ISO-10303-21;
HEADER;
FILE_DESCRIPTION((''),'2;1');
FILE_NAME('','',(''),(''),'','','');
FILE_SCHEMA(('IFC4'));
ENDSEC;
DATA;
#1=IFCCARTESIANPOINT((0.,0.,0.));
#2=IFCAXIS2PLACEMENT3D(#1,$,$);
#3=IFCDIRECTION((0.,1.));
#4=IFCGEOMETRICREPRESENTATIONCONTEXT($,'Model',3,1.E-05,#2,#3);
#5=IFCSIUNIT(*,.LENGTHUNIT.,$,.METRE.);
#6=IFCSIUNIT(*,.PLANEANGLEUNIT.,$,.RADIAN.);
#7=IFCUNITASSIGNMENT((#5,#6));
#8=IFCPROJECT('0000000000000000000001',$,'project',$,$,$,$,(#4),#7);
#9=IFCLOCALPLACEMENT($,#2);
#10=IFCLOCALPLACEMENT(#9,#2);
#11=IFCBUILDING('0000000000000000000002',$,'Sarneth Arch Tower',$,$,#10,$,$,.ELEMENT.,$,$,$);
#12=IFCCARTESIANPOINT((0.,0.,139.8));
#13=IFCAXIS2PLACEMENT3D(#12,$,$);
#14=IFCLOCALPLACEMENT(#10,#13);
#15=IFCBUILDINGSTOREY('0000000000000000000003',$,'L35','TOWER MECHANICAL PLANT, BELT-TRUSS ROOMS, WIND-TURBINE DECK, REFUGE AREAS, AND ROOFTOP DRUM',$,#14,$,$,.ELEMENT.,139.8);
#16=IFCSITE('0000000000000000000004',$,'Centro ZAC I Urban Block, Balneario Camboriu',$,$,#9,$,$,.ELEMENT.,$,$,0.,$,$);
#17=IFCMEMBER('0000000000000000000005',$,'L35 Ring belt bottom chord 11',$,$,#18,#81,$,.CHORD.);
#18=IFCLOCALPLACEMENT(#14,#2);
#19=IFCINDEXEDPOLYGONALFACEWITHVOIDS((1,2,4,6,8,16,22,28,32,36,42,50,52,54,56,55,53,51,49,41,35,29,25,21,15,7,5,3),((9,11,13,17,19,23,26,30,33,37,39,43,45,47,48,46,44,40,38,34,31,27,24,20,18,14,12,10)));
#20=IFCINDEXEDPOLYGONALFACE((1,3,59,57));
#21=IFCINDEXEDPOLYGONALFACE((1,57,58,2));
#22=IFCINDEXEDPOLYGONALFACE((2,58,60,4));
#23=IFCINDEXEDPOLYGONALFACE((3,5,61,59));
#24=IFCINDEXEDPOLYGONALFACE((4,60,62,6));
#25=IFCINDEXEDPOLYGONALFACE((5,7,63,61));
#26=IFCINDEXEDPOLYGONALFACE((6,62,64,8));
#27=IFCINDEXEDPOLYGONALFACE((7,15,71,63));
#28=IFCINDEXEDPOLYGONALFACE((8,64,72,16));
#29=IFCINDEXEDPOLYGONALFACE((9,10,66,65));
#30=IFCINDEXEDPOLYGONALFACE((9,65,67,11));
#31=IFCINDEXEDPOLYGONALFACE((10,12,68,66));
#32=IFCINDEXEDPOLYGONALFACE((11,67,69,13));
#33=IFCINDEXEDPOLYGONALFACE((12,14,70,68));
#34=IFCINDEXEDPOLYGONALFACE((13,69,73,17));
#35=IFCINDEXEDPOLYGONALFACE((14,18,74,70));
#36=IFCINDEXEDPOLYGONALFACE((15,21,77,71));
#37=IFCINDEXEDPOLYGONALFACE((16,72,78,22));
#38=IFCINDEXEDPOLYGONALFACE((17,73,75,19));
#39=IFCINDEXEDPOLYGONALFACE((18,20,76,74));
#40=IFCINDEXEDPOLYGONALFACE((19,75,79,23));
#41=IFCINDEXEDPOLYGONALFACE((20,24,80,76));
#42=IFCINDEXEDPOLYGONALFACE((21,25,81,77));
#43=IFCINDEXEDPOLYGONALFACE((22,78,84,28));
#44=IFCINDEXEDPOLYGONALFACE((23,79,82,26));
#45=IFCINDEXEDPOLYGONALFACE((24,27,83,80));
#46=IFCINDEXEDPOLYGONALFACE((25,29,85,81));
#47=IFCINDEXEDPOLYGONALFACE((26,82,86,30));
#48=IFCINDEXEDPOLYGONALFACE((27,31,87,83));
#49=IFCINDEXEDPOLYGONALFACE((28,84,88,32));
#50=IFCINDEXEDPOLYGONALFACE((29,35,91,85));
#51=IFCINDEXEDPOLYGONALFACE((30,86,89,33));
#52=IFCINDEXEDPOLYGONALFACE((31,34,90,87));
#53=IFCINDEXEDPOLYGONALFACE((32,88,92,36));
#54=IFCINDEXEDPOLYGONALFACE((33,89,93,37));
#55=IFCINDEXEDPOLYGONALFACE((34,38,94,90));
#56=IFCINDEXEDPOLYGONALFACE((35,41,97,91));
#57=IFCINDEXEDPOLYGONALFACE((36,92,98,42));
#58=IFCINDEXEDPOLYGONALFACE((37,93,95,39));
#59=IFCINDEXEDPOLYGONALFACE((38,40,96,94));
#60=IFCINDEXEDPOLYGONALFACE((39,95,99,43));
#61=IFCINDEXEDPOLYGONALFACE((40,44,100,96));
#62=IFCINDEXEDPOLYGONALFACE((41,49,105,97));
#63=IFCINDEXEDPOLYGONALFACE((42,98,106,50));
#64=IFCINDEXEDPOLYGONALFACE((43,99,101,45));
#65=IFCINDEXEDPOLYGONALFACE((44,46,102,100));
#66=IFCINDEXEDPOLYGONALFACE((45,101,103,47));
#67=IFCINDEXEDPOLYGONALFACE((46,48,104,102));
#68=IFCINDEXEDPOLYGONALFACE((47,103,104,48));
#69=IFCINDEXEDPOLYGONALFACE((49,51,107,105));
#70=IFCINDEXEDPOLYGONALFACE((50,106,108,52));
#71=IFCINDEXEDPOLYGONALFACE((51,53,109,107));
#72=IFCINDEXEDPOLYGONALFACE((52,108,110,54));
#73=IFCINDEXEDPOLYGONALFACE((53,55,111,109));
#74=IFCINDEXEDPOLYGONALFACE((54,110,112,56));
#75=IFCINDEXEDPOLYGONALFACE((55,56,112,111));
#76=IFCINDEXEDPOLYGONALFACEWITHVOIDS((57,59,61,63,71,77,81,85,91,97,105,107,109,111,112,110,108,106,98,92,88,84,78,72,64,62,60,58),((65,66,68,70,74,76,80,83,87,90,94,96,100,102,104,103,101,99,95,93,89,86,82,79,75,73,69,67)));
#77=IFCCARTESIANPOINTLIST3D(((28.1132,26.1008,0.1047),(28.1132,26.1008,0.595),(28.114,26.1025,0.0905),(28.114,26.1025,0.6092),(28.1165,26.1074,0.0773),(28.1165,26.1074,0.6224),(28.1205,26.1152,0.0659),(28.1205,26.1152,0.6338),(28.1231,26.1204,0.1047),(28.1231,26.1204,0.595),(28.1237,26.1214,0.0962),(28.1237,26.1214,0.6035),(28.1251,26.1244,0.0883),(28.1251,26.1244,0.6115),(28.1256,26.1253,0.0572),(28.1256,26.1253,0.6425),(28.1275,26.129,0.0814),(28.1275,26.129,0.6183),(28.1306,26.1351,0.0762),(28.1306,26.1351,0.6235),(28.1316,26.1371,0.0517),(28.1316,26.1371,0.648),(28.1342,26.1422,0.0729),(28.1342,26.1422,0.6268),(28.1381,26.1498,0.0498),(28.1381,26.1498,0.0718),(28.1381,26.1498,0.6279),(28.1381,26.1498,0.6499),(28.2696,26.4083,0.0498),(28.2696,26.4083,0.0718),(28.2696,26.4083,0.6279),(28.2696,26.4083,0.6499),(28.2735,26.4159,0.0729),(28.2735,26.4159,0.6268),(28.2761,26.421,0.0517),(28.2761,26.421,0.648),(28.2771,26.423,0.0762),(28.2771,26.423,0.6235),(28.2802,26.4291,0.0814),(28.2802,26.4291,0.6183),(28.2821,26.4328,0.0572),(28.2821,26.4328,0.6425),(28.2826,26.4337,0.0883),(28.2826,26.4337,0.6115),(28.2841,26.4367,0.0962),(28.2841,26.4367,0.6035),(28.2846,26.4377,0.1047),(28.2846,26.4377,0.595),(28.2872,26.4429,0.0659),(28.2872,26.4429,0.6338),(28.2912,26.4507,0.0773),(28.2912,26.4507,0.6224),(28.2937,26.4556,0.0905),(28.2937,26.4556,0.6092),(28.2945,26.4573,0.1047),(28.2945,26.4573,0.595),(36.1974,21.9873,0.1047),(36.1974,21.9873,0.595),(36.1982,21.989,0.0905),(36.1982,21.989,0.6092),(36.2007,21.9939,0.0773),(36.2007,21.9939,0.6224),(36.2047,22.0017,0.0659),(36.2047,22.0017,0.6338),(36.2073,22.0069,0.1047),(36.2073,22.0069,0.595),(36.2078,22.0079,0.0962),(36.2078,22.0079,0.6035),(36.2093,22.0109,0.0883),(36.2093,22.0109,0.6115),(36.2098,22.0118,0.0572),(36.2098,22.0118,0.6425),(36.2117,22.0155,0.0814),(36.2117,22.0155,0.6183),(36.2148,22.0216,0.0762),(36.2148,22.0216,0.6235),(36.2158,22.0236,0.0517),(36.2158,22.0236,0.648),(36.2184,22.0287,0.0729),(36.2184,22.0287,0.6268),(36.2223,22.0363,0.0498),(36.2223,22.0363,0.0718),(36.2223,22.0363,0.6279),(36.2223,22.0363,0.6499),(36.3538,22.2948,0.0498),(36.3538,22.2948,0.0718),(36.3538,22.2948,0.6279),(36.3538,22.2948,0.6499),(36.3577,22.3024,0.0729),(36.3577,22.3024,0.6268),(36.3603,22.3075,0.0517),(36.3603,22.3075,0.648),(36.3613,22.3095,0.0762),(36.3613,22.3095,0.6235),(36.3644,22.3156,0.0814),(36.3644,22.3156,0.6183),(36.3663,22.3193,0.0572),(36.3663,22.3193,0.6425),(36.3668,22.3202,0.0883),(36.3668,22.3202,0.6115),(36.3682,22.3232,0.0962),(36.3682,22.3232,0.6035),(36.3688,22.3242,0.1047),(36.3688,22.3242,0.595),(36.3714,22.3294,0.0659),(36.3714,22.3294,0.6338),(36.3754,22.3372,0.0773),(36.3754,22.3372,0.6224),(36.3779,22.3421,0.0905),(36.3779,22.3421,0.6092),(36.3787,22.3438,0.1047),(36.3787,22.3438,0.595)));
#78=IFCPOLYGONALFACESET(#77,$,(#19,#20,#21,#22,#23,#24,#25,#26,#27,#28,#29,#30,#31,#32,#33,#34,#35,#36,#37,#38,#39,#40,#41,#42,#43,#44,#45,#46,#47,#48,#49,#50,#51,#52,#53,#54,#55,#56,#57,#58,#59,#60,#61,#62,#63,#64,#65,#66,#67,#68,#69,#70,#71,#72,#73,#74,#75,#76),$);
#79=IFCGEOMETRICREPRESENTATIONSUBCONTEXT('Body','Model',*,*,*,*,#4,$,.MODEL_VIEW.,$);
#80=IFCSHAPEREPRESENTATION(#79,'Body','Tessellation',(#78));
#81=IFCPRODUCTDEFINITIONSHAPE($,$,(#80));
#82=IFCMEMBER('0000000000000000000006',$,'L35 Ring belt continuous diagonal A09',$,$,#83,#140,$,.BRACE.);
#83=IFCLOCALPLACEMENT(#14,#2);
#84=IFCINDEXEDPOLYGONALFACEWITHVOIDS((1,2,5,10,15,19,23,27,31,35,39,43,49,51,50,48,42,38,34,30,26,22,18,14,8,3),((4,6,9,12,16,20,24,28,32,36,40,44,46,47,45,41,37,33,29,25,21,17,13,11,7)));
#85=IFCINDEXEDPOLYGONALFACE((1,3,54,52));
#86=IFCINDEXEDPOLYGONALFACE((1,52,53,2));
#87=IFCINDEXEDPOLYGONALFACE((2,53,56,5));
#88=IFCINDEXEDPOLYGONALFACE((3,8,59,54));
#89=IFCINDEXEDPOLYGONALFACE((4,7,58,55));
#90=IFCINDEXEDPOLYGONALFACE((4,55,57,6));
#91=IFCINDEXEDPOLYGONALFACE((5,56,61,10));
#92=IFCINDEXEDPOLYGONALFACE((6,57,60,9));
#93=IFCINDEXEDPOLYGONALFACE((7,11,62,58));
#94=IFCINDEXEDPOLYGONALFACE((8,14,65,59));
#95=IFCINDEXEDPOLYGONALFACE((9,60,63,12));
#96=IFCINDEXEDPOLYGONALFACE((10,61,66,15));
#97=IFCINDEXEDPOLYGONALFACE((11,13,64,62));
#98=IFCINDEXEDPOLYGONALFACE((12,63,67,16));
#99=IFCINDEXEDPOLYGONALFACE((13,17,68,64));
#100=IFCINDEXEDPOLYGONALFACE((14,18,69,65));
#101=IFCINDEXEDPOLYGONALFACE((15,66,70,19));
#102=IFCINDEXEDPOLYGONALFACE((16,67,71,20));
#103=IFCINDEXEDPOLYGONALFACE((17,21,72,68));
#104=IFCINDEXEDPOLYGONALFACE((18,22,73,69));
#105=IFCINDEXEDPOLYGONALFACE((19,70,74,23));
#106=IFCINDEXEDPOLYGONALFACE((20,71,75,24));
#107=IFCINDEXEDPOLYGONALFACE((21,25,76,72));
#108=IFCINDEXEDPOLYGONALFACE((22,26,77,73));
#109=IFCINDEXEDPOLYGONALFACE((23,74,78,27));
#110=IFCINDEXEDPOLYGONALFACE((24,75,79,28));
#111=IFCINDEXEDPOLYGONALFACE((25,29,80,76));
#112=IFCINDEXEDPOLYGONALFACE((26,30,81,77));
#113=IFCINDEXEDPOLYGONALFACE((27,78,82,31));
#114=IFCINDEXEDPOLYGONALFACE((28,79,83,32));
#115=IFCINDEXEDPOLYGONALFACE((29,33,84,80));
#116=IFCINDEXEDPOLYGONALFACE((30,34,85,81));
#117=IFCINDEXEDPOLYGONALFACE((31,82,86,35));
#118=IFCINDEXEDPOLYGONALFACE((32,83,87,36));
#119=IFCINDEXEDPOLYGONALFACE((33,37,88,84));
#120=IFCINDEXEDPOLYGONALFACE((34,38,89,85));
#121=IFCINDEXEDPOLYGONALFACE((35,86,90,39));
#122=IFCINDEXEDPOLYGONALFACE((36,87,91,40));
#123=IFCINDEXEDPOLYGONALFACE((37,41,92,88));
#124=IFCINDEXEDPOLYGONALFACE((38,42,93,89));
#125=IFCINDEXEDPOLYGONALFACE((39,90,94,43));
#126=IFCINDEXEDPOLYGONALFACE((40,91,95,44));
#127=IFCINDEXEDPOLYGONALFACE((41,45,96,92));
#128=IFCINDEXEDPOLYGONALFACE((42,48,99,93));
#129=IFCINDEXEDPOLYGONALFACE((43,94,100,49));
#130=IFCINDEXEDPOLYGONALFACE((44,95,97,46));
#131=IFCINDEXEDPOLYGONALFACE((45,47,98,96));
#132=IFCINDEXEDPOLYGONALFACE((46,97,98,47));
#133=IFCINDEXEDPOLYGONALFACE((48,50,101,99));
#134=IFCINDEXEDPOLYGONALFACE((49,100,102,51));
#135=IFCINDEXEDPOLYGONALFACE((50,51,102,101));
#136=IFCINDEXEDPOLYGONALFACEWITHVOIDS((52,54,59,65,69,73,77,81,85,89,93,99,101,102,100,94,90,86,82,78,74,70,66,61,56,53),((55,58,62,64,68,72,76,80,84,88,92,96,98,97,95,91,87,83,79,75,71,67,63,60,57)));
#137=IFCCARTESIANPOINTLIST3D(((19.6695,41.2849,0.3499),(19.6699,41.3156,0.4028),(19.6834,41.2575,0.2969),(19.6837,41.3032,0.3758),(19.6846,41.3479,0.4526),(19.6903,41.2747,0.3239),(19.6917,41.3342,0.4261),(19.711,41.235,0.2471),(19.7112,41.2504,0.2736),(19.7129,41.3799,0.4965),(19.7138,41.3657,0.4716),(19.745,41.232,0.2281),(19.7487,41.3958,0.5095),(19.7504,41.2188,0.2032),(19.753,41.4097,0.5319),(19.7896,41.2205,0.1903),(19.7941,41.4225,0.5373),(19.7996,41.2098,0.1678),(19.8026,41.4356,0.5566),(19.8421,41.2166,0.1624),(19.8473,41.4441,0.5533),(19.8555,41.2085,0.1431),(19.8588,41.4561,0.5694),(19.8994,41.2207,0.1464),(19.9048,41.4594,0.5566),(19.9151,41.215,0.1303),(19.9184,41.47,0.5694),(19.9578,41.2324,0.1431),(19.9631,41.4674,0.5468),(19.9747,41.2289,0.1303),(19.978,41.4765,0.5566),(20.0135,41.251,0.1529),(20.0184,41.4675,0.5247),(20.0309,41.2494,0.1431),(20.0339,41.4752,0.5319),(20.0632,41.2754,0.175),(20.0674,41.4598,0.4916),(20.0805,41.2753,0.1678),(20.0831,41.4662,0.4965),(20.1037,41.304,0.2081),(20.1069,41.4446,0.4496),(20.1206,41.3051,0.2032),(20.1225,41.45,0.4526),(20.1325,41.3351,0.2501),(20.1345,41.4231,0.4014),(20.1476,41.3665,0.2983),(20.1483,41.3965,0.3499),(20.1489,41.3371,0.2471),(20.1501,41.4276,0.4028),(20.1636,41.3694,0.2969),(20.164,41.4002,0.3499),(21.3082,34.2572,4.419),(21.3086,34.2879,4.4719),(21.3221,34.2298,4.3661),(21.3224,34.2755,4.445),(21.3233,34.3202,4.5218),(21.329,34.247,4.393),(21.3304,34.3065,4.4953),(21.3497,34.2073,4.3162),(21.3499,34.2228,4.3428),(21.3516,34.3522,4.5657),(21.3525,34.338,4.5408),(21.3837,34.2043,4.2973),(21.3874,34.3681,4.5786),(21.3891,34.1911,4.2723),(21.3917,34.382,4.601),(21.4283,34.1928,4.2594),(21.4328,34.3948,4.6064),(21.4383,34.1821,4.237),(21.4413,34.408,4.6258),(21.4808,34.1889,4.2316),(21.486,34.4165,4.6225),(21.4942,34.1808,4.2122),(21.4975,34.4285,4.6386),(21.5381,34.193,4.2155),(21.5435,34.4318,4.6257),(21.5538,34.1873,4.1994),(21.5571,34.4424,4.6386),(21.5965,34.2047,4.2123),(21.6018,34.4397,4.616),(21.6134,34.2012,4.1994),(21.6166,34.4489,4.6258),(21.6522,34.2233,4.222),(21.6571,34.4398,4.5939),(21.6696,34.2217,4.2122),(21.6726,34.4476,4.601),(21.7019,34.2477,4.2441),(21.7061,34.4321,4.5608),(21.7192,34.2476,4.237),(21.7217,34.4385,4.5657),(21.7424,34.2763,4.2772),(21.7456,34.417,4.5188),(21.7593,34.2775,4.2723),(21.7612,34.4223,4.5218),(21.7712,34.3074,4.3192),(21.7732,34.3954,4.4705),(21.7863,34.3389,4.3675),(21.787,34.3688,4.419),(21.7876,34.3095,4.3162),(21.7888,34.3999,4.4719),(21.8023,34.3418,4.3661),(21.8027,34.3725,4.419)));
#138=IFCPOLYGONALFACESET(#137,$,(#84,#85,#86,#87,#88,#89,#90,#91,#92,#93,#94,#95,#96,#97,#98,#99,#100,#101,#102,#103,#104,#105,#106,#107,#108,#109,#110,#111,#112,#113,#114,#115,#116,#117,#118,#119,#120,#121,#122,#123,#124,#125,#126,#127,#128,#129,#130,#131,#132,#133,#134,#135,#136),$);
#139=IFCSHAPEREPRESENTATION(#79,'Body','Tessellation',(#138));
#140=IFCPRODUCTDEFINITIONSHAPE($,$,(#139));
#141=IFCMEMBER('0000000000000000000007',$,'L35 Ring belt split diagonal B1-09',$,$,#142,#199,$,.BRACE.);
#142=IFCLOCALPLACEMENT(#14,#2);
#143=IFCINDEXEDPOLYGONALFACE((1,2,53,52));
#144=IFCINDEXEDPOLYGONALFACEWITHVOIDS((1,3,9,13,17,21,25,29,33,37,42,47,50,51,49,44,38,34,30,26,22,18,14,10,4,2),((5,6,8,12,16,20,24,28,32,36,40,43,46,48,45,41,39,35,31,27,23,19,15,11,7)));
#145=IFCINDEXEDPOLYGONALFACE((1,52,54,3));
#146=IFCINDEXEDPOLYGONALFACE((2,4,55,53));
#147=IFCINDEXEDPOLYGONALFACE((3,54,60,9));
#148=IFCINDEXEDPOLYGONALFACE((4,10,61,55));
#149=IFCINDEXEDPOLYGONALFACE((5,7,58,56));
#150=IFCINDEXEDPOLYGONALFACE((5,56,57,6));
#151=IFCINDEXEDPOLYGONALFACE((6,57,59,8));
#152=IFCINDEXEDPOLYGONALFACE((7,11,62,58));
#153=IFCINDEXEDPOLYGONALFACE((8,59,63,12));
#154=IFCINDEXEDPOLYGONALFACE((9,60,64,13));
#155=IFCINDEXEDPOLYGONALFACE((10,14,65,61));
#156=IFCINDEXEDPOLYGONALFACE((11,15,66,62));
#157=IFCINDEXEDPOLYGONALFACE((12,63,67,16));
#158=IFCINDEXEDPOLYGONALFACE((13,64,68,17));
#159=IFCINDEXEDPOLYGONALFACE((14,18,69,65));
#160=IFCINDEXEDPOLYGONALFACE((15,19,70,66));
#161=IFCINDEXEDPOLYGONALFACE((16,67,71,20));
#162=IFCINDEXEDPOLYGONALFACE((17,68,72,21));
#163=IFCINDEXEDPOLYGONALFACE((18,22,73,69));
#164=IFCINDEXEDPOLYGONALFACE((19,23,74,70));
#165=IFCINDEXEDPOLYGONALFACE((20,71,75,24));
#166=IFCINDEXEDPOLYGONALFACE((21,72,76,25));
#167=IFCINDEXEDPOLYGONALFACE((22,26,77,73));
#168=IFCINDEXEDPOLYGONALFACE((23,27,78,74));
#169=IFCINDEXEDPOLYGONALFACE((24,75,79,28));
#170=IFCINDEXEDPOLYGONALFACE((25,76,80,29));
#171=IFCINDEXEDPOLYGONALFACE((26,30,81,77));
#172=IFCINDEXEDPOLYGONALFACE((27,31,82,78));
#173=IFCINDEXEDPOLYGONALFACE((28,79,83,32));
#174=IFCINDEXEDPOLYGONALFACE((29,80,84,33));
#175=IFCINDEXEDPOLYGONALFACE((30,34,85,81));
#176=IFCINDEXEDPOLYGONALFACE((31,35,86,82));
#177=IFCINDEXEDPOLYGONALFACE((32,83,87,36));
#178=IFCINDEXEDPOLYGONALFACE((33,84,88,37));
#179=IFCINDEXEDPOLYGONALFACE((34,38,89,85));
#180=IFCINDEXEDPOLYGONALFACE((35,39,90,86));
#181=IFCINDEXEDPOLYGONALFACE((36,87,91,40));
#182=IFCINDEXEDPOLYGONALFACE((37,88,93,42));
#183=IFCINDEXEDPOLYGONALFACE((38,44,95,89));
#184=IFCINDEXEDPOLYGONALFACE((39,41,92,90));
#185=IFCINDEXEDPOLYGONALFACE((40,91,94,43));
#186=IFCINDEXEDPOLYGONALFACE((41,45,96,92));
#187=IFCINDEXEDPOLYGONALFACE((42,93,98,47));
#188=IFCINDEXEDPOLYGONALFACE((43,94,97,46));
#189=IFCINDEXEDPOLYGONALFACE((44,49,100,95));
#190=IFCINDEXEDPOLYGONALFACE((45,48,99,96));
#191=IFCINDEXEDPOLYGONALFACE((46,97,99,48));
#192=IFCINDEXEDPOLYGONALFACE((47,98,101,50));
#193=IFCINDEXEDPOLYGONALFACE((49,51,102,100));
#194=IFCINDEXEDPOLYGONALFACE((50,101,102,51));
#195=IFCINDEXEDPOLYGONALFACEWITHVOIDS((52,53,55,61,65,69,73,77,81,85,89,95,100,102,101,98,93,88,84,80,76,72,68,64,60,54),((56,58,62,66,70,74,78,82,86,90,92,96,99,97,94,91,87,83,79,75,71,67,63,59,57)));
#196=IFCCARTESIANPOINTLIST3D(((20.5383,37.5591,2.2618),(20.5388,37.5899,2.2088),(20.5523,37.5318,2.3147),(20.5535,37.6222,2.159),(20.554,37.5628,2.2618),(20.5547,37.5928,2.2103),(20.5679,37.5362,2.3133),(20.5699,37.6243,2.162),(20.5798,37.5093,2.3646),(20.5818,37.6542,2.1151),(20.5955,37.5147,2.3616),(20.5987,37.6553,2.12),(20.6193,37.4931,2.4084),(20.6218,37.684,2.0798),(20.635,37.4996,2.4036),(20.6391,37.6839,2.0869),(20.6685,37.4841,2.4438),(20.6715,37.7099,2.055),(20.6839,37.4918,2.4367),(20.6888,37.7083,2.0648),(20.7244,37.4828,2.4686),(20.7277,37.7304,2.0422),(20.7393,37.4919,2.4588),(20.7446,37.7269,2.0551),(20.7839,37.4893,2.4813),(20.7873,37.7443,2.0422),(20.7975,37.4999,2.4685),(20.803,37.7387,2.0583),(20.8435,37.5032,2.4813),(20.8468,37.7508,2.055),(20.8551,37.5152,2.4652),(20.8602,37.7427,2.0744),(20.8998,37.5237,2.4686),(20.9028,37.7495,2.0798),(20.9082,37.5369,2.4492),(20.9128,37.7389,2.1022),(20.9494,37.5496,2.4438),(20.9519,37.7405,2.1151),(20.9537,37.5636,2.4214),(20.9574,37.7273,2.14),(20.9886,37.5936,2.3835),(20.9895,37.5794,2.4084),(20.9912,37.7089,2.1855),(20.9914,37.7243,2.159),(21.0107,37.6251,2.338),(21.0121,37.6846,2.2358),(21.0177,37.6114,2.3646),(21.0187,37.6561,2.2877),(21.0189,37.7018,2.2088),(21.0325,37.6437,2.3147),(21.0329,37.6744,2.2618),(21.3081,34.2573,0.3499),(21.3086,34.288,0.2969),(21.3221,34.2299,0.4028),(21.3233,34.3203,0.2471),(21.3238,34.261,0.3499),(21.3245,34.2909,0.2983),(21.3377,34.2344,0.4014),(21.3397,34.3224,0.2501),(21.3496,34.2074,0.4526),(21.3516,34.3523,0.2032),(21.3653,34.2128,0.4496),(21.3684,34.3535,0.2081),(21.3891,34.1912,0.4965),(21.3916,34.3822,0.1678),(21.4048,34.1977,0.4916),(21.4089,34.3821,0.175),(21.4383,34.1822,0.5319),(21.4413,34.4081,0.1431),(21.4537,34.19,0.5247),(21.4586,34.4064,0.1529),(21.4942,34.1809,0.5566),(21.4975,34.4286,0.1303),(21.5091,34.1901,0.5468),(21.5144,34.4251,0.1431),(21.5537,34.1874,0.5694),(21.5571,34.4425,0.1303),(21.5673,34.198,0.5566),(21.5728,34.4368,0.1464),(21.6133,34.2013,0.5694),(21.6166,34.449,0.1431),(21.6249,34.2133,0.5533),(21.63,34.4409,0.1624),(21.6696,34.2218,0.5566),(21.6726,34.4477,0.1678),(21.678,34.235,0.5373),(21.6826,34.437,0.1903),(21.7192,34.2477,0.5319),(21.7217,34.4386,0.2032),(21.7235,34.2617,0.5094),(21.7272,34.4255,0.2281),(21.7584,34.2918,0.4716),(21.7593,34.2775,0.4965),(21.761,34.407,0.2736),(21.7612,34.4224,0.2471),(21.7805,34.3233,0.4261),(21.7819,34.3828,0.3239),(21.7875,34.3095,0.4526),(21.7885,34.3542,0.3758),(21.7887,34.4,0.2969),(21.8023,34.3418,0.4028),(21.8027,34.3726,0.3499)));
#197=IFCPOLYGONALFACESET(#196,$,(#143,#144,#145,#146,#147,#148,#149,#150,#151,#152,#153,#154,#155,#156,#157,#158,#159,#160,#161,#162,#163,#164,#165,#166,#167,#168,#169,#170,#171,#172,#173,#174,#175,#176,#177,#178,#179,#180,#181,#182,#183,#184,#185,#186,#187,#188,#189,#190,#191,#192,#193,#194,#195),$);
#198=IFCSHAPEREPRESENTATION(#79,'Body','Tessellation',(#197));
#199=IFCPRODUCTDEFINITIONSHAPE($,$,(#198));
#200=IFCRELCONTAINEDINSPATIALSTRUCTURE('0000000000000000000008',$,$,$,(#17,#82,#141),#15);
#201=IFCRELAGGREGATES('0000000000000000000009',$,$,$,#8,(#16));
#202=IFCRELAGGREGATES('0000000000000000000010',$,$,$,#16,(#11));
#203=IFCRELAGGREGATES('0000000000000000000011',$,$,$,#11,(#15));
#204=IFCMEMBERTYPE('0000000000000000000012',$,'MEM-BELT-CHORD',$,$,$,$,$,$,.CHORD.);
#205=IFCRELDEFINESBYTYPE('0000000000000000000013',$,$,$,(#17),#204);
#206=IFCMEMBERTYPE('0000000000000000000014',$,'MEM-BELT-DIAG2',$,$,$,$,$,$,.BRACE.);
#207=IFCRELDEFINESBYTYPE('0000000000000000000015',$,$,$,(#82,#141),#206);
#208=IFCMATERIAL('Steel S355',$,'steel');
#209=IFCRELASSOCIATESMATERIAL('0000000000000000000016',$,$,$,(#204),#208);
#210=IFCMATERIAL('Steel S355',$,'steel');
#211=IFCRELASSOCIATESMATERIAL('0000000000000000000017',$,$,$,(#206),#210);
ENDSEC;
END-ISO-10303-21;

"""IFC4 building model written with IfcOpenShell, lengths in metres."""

from ifc_helpers import new_model, si_unit, direction, frame, origin, origin_2d, place, context, subcontext, project, spatial, hollow_rectangle, hollow_circle, extrude, material, material_profile, profile_set, type_object, element, save


model = new_model("IFC4")

# Units and contexts
model_context = context("Model", 3, precision=1e-05, world=origin(), true_north=direction((0.0, 1.0)))
body_context = subcontext(model_context, "Body", "Model", "MODEL_VIEW")
ifc_project = project(units=[si_unit("LENGTHUNIT", "METRE"), si_unit("PLANEANGLEUNIT", "RADIAN")], contexts=[model_context])

# Site, building, storey
site_placement = place(None, origin())
site = spatial("IfcSite", under=ifc_project, at=site_placement, Name="Centro ZAC I Urban Block, Balneario Camboriu", CompositionType="ELEMENT", RefElevation=0.0)
building_placement = place(site_placement, origin())
building = spatial("IfcBuilding", under=site, at=building_placement, Name="Sarneth Arch Tower", CompositionType="ELEMENT")
storey_placement = place(building_placement, frame((0.0, 0.0, 139.8)))
storey = spatial("IfcBuildingStorey", under=building, at=storey_placement, Name="L35", Description="TOWER MECHANICAL PLANT, BELT-TRUSS ROOMS, WIND-TURBINE DECK, REFUGE AREAS, AND ROOFTOP DRUM", CompositionType="ELEMENT", Elevation=139.8)

# Members
ifc_material_1 = material(Name="Steel S355", Category="steel")
ifc_material_profile_1 = material_profile(ifc_material_1, hollow_rectangle(XDim=0.3999, YDim=0.6001, WallThickness=0.022, InnerFilletRadius=0.033, OuterFilletRadius=0.0549, at=origin_2d()), Name="RHS600x400x22")
ifc_profile_set_1 = profile_set([ifc_material_profile_1], Name="Steel S355")
member_type_1 = type_object("IfcMemberType", Name="MEM-BELT-CHORD", PredefinedType="CHORD", material=ifc_profile_set_1)
member_1_placement = place(storey_placement, frame((28.2039, 26.2791, 0.3499), z_axis=(0.891256, -0.453501, 0.0), x_axis=(0.453501, 0.891256, 0.0)))
element("IfcMember", 1, at=member_1_placement, inside=storey, type_object=member_type_1, Name="L35 Ring belt bottom chord 11", PredefinedType="CHORD", context=body_context, shape_type="SweptSolid", body=[
    extrude(hollow_rectangle(XDim=0.3999, YDim=0.6001, WallThickness=0.022, InnerFilletRadius=0.033, OuterFilletRadius=0.0549, at=origin_2d()), origin(), (0.0, 0.0, 1.0), 9.0706),
])
ifc_material_2 = material(Name="Steel S355", Category="steel")
ifc_material_profile_2 = material_profile(ifc_material_2, hollow_circle(Radius=0.2539, WallThickness=0.0161, at=origin_2d()), Name="CHS508x16")
ifc_profile_set_2 = profile_set([ifc_material_profile_2], Name="Steel S355")
member_type_2 = type_object("IfcMemberType", Name="MEM-BELT-DIAG2", PredefinedType="BRACE", material=ifc_profile_set_2)
member_2_placement = place(storey_placement, frame((19.9167, 41.3425, 0.3499), z_axis=(0.197804, -0.848301, 0.491181), x_axis=(0.973875, 0.227085, 0.0)))
element("IfcMember", 2, at=member_2_placement, inside=storey, type_object=member_type_2, Name="L35 Ring belt continuous diagonal A09", PredefinedType="BRACE", context=body_context, shape_type="SweptSolid", body=[
    extrude(hollow_circle(Radius=0.2539, WallThickness=0.0161, at=origin_2d()), origin(), (0.0, 0.0, 1.0), 8.2844),
])
member_3_placement = place(storey_placement, frame((21.5554, 34.3149, 0.3499), z_axis=(-0.197773, 0.848297, 0.491202), x_axis=(-0.973883, -0.227052, 0.0)))
element("IfcMember", 3, at=member_3_placement, inside=storey, type_object=member_type_2, Name="L35 Ring belt split diagonal B1-09", PredefinedType="BRACE", context=body_context, shape_type="SweptSolid", body=[
    extrude(hollow_circle(Radius=0.2539, WallThickness=0.0161, at=origin_2d()), origin(), (0.0, 0.0, 1.0), 3.8923),
])

save(model, "model.ifc")
